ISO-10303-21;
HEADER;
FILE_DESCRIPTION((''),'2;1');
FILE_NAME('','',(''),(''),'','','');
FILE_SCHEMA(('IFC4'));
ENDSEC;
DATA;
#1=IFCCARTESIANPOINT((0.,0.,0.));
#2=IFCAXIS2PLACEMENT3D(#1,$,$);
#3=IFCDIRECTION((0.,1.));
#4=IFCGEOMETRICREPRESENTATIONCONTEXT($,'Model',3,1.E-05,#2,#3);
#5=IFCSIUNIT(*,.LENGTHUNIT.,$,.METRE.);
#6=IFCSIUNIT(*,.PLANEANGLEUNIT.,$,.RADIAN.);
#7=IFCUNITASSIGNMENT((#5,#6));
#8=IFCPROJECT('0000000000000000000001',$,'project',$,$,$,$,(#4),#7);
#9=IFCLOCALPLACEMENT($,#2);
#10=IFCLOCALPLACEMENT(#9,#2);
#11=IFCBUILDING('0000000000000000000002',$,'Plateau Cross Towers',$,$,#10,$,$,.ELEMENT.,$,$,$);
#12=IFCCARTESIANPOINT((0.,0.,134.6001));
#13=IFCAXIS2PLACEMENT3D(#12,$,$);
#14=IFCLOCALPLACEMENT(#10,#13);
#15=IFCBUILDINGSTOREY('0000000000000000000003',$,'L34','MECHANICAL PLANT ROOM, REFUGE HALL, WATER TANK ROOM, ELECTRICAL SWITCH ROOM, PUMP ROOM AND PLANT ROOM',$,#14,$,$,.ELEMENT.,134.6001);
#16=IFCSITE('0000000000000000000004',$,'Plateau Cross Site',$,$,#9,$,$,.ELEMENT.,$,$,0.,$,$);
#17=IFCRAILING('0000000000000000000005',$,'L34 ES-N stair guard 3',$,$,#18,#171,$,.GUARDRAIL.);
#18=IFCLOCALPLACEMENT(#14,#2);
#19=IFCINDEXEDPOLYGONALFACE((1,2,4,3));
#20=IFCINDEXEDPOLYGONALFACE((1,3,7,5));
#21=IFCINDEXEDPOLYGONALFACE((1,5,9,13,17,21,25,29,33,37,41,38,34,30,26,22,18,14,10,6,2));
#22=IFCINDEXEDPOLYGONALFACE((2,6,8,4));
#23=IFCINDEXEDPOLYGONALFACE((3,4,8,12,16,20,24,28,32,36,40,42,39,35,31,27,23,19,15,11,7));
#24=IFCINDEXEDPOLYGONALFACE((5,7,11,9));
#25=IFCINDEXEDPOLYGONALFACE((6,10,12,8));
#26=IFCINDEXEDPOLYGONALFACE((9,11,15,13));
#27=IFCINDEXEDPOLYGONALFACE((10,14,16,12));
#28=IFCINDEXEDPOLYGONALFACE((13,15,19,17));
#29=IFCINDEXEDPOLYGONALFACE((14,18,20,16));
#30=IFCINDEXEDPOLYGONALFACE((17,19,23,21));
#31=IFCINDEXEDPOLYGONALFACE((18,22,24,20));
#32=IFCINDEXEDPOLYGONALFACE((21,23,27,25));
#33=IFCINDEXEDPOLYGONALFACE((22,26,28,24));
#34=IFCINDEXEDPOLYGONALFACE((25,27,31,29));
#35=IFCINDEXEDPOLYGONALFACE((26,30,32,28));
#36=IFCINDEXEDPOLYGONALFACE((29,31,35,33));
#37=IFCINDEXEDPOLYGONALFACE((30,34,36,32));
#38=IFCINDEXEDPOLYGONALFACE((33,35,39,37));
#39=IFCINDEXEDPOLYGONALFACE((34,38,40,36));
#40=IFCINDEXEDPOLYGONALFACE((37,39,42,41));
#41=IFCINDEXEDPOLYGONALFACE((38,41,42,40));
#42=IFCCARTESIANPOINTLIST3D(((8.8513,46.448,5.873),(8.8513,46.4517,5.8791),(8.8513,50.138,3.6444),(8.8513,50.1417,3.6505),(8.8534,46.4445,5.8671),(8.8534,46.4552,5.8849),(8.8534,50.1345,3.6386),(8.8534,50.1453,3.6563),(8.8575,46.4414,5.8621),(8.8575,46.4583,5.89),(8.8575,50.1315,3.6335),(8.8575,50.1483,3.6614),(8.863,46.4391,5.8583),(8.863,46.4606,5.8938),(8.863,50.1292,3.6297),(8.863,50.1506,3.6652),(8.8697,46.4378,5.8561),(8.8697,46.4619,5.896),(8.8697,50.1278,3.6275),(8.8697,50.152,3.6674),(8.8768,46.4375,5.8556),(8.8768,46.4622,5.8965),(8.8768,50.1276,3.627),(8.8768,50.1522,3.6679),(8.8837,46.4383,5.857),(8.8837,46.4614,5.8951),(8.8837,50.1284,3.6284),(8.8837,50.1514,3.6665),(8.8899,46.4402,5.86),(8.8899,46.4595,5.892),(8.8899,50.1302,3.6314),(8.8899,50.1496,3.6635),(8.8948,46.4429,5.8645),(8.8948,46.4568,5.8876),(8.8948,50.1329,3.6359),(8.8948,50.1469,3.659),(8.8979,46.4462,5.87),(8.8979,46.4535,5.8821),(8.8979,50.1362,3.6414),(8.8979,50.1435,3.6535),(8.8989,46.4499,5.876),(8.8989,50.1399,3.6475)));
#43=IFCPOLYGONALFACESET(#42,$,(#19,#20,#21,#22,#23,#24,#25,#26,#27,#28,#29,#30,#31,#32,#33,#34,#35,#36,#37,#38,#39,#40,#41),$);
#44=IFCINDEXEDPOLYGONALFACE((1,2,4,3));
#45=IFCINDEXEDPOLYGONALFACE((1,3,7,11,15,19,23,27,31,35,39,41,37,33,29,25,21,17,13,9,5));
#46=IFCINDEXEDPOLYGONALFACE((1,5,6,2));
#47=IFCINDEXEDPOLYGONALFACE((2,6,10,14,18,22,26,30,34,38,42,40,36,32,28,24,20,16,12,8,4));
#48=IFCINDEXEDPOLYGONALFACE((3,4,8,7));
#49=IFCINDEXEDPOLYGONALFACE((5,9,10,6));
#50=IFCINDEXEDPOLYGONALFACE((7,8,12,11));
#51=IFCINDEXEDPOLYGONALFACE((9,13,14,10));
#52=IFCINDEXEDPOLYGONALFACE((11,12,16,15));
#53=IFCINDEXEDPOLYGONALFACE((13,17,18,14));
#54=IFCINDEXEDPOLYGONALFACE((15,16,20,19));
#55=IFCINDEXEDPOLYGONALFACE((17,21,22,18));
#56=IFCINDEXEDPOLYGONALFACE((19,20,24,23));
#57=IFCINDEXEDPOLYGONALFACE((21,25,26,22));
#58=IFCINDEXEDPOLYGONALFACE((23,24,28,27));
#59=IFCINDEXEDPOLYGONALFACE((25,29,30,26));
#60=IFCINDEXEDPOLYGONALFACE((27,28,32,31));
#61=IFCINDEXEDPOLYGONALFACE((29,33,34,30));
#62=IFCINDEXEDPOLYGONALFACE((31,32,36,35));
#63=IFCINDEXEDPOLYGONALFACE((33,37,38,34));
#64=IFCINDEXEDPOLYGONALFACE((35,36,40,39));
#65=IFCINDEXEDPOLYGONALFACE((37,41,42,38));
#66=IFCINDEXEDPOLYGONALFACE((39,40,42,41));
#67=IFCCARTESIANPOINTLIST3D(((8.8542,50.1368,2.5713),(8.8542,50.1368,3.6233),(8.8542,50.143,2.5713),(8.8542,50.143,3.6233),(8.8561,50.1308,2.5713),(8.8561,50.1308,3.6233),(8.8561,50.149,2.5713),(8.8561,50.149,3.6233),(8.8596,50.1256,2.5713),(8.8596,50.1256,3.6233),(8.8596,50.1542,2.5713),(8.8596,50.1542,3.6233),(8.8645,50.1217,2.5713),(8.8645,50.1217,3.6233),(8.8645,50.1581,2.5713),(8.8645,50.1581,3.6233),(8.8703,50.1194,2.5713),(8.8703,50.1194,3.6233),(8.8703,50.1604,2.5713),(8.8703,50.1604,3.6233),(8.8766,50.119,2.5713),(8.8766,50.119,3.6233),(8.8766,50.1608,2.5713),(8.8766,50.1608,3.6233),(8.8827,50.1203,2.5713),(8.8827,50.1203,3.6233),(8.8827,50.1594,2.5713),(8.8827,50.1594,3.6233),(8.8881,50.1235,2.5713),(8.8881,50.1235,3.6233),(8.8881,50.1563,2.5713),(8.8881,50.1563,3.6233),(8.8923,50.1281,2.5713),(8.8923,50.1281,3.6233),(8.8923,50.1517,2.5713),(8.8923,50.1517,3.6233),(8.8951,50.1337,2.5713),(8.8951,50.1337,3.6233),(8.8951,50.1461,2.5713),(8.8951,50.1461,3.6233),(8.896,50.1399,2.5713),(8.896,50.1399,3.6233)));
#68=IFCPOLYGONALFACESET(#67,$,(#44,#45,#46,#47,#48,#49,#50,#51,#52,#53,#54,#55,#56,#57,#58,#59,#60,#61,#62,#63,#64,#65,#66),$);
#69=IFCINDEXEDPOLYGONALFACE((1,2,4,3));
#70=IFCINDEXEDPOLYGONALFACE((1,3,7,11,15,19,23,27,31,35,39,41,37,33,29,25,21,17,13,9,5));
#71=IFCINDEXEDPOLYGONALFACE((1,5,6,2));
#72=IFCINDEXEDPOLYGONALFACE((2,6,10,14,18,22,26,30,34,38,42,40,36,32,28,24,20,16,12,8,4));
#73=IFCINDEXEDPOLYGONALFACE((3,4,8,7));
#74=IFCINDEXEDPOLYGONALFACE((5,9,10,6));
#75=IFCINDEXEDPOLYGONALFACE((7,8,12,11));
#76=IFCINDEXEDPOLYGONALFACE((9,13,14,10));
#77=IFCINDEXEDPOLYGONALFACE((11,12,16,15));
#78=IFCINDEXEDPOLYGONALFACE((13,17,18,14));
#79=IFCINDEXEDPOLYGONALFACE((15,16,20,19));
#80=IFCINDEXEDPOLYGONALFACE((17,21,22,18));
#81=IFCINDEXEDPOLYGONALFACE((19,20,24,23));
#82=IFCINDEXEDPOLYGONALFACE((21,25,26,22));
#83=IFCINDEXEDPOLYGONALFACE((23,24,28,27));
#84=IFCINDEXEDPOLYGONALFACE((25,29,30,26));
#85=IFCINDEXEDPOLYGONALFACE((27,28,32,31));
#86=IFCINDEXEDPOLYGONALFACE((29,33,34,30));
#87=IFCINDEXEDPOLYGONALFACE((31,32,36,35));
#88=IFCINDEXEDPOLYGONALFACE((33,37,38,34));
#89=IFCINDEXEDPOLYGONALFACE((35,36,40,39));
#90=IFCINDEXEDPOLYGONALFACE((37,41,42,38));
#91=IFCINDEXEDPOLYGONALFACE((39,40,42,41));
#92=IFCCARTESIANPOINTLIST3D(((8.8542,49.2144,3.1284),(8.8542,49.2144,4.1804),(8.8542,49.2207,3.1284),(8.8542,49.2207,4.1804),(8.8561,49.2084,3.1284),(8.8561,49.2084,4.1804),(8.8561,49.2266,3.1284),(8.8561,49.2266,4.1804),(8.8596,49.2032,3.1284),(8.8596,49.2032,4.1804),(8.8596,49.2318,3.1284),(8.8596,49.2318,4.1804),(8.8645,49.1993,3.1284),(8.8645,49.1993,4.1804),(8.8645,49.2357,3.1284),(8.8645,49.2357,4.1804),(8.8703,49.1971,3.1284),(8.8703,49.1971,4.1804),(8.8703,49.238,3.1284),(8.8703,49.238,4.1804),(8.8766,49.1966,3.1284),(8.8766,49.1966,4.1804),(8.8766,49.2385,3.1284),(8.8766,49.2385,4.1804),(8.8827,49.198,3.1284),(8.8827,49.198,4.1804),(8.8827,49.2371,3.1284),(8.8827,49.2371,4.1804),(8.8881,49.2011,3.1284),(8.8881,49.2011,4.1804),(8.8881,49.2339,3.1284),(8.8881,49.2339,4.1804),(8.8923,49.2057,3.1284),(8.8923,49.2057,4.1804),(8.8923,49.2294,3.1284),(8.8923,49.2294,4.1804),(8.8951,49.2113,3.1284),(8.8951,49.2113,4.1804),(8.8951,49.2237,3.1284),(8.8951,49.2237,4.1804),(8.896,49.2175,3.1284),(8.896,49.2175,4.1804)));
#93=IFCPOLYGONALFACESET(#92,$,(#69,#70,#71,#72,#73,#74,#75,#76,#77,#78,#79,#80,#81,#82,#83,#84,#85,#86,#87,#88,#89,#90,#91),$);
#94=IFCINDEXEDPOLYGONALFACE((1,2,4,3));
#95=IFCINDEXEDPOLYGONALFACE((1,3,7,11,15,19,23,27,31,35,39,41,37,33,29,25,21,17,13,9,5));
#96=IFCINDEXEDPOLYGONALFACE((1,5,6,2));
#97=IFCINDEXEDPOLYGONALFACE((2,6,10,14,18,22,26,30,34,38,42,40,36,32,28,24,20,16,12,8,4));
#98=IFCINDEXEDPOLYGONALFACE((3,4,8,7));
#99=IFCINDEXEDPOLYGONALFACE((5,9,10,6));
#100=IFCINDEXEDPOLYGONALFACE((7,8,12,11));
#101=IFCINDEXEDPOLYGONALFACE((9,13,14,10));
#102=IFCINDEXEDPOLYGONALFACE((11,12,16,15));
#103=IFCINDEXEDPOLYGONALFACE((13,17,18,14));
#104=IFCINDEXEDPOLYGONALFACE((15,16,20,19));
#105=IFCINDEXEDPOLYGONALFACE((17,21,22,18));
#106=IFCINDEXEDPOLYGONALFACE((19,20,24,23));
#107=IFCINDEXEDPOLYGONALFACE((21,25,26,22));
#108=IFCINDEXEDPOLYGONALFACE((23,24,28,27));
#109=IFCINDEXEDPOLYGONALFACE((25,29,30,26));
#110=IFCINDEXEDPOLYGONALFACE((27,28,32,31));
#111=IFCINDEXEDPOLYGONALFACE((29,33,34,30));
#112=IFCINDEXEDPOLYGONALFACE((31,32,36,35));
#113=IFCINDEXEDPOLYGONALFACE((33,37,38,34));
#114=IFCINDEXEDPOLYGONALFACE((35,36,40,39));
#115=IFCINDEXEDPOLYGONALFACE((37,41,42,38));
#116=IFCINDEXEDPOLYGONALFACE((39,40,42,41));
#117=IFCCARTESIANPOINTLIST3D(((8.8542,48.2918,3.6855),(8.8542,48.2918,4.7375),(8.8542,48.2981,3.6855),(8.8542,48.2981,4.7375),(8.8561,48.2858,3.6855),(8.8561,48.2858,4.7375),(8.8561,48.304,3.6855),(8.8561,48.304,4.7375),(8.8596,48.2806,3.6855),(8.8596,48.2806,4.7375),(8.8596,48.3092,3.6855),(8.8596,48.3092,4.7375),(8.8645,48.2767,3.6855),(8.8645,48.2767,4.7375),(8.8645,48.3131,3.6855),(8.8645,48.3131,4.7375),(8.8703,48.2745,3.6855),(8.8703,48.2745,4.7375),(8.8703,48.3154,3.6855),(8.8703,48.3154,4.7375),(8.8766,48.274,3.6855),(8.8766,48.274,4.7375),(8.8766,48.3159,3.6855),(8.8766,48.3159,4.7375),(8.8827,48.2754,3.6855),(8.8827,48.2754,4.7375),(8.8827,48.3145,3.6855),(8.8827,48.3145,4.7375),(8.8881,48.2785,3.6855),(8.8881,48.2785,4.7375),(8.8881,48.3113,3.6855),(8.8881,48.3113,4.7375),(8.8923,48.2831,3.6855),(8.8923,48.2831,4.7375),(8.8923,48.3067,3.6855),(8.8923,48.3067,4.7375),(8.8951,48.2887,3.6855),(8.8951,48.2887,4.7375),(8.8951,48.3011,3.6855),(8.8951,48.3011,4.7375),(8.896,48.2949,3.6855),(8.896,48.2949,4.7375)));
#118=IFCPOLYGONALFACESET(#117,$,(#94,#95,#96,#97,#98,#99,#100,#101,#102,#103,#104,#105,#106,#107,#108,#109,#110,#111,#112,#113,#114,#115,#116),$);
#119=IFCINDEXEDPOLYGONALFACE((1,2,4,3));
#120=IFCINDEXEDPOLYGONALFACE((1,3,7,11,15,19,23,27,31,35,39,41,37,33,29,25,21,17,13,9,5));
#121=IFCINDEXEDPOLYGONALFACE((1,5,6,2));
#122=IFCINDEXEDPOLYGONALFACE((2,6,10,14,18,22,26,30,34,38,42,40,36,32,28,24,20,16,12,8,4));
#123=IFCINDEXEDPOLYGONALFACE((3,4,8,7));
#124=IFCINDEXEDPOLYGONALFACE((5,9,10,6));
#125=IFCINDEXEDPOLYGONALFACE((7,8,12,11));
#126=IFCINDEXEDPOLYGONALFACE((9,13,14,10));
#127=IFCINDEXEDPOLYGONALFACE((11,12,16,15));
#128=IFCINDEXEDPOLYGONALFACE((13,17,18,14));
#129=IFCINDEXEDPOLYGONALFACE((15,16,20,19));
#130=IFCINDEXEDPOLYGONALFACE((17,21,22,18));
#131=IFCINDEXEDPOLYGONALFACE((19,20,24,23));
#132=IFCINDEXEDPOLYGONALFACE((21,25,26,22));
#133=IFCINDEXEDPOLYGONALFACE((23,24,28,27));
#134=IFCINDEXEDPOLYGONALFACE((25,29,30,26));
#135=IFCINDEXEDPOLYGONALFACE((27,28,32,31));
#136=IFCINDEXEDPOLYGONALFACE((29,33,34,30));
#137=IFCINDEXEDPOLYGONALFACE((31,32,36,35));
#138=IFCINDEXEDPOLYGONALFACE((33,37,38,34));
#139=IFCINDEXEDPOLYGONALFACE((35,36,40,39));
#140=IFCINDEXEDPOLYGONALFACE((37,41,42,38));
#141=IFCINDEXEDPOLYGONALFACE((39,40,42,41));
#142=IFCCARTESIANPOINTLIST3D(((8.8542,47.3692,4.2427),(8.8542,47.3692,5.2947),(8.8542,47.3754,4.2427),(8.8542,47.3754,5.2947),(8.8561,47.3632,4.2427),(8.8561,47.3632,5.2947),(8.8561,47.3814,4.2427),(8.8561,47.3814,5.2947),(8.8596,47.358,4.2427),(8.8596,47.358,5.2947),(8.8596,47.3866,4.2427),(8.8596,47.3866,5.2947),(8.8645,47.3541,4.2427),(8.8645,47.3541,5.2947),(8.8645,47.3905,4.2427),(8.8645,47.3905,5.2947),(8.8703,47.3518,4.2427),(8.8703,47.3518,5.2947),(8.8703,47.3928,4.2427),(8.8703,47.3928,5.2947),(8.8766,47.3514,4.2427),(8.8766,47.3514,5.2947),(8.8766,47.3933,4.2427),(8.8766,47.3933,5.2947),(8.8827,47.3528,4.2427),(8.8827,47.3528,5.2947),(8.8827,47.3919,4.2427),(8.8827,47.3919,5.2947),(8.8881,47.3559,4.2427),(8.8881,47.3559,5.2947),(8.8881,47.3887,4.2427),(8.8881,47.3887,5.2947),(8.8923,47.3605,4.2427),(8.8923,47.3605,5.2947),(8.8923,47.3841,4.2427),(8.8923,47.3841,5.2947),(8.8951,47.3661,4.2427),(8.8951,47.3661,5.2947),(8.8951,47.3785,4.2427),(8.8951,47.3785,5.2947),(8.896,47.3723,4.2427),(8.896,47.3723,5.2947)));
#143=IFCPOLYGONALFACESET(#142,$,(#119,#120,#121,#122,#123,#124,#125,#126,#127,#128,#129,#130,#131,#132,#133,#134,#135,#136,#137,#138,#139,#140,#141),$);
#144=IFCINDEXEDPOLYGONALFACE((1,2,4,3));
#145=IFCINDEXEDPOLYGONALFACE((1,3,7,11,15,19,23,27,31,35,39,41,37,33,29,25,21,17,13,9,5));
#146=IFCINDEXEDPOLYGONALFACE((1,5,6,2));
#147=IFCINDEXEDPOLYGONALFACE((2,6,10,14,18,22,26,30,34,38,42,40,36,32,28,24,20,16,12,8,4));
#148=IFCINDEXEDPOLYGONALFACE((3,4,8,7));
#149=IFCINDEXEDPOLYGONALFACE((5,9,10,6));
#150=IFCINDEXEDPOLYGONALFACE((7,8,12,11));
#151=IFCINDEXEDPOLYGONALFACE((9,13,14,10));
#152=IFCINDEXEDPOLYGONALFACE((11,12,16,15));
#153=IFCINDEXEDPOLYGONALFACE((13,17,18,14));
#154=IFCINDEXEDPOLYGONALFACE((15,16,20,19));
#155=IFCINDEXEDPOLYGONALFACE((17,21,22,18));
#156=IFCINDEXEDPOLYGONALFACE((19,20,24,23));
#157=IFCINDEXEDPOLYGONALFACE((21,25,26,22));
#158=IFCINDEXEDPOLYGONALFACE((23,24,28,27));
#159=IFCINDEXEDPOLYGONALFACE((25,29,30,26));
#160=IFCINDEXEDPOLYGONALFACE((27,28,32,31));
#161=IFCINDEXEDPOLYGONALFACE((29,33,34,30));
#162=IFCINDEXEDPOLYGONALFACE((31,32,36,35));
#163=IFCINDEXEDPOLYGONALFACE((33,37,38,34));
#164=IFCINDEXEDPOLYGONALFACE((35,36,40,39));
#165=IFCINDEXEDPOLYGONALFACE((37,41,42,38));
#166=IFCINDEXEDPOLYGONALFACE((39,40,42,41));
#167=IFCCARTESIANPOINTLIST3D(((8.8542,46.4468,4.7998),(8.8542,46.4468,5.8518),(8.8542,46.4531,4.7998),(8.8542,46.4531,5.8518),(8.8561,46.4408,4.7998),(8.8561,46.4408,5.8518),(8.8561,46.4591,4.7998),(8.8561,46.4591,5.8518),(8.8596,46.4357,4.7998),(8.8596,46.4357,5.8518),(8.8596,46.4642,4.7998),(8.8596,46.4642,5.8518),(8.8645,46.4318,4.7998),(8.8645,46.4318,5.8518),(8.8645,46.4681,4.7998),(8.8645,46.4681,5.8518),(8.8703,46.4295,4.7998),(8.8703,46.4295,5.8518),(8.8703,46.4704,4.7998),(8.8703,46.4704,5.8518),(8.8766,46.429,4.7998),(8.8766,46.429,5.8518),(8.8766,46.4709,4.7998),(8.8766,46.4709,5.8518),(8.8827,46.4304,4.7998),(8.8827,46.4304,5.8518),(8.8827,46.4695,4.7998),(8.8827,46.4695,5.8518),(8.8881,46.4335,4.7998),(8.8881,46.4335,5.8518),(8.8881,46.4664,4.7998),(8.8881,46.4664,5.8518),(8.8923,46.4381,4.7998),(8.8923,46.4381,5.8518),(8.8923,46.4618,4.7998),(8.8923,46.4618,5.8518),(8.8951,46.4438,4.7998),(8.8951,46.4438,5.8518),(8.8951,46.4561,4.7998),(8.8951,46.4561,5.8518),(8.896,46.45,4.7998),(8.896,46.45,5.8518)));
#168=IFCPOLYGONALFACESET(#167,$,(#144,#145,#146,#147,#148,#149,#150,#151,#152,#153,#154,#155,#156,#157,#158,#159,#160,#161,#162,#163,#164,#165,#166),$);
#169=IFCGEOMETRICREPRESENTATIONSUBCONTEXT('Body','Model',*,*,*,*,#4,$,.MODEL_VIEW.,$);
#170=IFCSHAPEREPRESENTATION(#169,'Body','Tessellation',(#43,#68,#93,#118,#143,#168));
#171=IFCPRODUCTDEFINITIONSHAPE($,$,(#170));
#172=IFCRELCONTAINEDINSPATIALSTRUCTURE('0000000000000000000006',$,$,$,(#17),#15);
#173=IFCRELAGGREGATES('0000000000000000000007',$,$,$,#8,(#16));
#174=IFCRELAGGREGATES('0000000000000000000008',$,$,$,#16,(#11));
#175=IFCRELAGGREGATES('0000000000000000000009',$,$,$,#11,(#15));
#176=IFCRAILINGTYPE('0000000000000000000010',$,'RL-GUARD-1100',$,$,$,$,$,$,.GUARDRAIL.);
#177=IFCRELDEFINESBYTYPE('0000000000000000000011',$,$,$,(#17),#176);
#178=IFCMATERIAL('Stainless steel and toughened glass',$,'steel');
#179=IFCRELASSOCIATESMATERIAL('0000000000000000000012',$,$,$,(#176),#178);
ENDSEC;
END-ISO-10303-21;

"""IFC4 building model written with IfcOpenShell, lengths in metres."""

from ifc_helpers import new_model, si_unit, direction, frame, origin, origin_2d, place, context, subcontext, project, spatial, circle, extrude, material, type_object, element, save


model = new_model("IFC4")

# Units and contexts
model_context = context("Model", 3, precision=1e-05, world=origin(), true_north=direction((0.0, 1.0)))
body_context = subcontext(model_context, "Body", "Model", "MODEL_VIEW")
ifc_project = project(units=[si_unit("LENGTHUNIT", "METRE"), si_unit("PLANEANGLEUNIT", "RADIAN")], contexts=[model_context])

# Site, building, storey
site_placement = place(None, origin())
site = spatial("IfcSite", under=ifc_project, at=site_placement, Name="Plateau Cross Site", CompositionType="ELEMENT", RefElevation=0.0)
building_placement = place(site_placement, origin())
building = spatial("IfcBuilding", under=site, at=building_placement, Name="Plateau Cross Towers", CompositionType="ELEMENT")
storey_placement = place(building_placement, frame((0.0, 0.0, 134.6001)))
storey = spatial("IfcBuildingStorey", under=building, at=storey_placement, Name="L34", Description="MECHANICAL PLANT ROOM, REFUGE HALL, WATER TANK ROOM, ELECTRICAL SWITCH ROOM, PUMP ROOM AND PLANT ROOM", CompositionType="ELEMENT", Elevation=134.6001)

# Railing
ifc_material_1 = material(Name="Stainless steel and toughened glass", Category="steel")
railing_type_1 = type_object("IfcRailingType", Name="RL-GUARD-1100", PredefinedType="GUARDRAIL", material=ifc_material_1)
railing_1_placement = place(storey_placement, frame((8.875, 50.1399, 2.5713)))
element("IfcRailing", 1, at=railing_1_placement, inside=storey, type_object=railing_type_1, Name="L34 ES-N stair guard 3", PredefinedType="GUARDRAIL", context=body_context, shape_type="SweptSolid", body=[
    extrude(circle(Radius=0.0239, at=origin_2d()), frame((0.0, 0.0, 1.0762), z_axis=(0.0, -0.856, 0.516976), x_axis=(1.0, 0.0, 0.0)), (0.0, 0.0, 1.0), 4.3108),
    extrude(circle(Radius=0.021, at=origin_2d()), origin(), (0.0, 0.0, 1.0), 1.052),
    extrude(circle(Radius=0.021, at=origin_2d()), frame((0.0, -0.9224, 0.5571)), (0.0, 0.0, 1.0), 1.052),
    extrude(circle(Radius=0.021, at=origin_2d()), frame((0.0, -1.845, 1.1143)), (0.0, 0.0, 1.0), 1.052),
    extrude(circle(Radius=0.021, at=origin_2d()), frame((0.0, -2.7676, 1.6714)), (0.0, 0.0, 1.0), 1.052),
    extrude(circle(Radius=0.021, at=origin_2d()), frame((0.0, -3.6899, 2.2285)), (0.0, 0.0, 1.0), 1.052),
])

save(model, "model.ifc")
